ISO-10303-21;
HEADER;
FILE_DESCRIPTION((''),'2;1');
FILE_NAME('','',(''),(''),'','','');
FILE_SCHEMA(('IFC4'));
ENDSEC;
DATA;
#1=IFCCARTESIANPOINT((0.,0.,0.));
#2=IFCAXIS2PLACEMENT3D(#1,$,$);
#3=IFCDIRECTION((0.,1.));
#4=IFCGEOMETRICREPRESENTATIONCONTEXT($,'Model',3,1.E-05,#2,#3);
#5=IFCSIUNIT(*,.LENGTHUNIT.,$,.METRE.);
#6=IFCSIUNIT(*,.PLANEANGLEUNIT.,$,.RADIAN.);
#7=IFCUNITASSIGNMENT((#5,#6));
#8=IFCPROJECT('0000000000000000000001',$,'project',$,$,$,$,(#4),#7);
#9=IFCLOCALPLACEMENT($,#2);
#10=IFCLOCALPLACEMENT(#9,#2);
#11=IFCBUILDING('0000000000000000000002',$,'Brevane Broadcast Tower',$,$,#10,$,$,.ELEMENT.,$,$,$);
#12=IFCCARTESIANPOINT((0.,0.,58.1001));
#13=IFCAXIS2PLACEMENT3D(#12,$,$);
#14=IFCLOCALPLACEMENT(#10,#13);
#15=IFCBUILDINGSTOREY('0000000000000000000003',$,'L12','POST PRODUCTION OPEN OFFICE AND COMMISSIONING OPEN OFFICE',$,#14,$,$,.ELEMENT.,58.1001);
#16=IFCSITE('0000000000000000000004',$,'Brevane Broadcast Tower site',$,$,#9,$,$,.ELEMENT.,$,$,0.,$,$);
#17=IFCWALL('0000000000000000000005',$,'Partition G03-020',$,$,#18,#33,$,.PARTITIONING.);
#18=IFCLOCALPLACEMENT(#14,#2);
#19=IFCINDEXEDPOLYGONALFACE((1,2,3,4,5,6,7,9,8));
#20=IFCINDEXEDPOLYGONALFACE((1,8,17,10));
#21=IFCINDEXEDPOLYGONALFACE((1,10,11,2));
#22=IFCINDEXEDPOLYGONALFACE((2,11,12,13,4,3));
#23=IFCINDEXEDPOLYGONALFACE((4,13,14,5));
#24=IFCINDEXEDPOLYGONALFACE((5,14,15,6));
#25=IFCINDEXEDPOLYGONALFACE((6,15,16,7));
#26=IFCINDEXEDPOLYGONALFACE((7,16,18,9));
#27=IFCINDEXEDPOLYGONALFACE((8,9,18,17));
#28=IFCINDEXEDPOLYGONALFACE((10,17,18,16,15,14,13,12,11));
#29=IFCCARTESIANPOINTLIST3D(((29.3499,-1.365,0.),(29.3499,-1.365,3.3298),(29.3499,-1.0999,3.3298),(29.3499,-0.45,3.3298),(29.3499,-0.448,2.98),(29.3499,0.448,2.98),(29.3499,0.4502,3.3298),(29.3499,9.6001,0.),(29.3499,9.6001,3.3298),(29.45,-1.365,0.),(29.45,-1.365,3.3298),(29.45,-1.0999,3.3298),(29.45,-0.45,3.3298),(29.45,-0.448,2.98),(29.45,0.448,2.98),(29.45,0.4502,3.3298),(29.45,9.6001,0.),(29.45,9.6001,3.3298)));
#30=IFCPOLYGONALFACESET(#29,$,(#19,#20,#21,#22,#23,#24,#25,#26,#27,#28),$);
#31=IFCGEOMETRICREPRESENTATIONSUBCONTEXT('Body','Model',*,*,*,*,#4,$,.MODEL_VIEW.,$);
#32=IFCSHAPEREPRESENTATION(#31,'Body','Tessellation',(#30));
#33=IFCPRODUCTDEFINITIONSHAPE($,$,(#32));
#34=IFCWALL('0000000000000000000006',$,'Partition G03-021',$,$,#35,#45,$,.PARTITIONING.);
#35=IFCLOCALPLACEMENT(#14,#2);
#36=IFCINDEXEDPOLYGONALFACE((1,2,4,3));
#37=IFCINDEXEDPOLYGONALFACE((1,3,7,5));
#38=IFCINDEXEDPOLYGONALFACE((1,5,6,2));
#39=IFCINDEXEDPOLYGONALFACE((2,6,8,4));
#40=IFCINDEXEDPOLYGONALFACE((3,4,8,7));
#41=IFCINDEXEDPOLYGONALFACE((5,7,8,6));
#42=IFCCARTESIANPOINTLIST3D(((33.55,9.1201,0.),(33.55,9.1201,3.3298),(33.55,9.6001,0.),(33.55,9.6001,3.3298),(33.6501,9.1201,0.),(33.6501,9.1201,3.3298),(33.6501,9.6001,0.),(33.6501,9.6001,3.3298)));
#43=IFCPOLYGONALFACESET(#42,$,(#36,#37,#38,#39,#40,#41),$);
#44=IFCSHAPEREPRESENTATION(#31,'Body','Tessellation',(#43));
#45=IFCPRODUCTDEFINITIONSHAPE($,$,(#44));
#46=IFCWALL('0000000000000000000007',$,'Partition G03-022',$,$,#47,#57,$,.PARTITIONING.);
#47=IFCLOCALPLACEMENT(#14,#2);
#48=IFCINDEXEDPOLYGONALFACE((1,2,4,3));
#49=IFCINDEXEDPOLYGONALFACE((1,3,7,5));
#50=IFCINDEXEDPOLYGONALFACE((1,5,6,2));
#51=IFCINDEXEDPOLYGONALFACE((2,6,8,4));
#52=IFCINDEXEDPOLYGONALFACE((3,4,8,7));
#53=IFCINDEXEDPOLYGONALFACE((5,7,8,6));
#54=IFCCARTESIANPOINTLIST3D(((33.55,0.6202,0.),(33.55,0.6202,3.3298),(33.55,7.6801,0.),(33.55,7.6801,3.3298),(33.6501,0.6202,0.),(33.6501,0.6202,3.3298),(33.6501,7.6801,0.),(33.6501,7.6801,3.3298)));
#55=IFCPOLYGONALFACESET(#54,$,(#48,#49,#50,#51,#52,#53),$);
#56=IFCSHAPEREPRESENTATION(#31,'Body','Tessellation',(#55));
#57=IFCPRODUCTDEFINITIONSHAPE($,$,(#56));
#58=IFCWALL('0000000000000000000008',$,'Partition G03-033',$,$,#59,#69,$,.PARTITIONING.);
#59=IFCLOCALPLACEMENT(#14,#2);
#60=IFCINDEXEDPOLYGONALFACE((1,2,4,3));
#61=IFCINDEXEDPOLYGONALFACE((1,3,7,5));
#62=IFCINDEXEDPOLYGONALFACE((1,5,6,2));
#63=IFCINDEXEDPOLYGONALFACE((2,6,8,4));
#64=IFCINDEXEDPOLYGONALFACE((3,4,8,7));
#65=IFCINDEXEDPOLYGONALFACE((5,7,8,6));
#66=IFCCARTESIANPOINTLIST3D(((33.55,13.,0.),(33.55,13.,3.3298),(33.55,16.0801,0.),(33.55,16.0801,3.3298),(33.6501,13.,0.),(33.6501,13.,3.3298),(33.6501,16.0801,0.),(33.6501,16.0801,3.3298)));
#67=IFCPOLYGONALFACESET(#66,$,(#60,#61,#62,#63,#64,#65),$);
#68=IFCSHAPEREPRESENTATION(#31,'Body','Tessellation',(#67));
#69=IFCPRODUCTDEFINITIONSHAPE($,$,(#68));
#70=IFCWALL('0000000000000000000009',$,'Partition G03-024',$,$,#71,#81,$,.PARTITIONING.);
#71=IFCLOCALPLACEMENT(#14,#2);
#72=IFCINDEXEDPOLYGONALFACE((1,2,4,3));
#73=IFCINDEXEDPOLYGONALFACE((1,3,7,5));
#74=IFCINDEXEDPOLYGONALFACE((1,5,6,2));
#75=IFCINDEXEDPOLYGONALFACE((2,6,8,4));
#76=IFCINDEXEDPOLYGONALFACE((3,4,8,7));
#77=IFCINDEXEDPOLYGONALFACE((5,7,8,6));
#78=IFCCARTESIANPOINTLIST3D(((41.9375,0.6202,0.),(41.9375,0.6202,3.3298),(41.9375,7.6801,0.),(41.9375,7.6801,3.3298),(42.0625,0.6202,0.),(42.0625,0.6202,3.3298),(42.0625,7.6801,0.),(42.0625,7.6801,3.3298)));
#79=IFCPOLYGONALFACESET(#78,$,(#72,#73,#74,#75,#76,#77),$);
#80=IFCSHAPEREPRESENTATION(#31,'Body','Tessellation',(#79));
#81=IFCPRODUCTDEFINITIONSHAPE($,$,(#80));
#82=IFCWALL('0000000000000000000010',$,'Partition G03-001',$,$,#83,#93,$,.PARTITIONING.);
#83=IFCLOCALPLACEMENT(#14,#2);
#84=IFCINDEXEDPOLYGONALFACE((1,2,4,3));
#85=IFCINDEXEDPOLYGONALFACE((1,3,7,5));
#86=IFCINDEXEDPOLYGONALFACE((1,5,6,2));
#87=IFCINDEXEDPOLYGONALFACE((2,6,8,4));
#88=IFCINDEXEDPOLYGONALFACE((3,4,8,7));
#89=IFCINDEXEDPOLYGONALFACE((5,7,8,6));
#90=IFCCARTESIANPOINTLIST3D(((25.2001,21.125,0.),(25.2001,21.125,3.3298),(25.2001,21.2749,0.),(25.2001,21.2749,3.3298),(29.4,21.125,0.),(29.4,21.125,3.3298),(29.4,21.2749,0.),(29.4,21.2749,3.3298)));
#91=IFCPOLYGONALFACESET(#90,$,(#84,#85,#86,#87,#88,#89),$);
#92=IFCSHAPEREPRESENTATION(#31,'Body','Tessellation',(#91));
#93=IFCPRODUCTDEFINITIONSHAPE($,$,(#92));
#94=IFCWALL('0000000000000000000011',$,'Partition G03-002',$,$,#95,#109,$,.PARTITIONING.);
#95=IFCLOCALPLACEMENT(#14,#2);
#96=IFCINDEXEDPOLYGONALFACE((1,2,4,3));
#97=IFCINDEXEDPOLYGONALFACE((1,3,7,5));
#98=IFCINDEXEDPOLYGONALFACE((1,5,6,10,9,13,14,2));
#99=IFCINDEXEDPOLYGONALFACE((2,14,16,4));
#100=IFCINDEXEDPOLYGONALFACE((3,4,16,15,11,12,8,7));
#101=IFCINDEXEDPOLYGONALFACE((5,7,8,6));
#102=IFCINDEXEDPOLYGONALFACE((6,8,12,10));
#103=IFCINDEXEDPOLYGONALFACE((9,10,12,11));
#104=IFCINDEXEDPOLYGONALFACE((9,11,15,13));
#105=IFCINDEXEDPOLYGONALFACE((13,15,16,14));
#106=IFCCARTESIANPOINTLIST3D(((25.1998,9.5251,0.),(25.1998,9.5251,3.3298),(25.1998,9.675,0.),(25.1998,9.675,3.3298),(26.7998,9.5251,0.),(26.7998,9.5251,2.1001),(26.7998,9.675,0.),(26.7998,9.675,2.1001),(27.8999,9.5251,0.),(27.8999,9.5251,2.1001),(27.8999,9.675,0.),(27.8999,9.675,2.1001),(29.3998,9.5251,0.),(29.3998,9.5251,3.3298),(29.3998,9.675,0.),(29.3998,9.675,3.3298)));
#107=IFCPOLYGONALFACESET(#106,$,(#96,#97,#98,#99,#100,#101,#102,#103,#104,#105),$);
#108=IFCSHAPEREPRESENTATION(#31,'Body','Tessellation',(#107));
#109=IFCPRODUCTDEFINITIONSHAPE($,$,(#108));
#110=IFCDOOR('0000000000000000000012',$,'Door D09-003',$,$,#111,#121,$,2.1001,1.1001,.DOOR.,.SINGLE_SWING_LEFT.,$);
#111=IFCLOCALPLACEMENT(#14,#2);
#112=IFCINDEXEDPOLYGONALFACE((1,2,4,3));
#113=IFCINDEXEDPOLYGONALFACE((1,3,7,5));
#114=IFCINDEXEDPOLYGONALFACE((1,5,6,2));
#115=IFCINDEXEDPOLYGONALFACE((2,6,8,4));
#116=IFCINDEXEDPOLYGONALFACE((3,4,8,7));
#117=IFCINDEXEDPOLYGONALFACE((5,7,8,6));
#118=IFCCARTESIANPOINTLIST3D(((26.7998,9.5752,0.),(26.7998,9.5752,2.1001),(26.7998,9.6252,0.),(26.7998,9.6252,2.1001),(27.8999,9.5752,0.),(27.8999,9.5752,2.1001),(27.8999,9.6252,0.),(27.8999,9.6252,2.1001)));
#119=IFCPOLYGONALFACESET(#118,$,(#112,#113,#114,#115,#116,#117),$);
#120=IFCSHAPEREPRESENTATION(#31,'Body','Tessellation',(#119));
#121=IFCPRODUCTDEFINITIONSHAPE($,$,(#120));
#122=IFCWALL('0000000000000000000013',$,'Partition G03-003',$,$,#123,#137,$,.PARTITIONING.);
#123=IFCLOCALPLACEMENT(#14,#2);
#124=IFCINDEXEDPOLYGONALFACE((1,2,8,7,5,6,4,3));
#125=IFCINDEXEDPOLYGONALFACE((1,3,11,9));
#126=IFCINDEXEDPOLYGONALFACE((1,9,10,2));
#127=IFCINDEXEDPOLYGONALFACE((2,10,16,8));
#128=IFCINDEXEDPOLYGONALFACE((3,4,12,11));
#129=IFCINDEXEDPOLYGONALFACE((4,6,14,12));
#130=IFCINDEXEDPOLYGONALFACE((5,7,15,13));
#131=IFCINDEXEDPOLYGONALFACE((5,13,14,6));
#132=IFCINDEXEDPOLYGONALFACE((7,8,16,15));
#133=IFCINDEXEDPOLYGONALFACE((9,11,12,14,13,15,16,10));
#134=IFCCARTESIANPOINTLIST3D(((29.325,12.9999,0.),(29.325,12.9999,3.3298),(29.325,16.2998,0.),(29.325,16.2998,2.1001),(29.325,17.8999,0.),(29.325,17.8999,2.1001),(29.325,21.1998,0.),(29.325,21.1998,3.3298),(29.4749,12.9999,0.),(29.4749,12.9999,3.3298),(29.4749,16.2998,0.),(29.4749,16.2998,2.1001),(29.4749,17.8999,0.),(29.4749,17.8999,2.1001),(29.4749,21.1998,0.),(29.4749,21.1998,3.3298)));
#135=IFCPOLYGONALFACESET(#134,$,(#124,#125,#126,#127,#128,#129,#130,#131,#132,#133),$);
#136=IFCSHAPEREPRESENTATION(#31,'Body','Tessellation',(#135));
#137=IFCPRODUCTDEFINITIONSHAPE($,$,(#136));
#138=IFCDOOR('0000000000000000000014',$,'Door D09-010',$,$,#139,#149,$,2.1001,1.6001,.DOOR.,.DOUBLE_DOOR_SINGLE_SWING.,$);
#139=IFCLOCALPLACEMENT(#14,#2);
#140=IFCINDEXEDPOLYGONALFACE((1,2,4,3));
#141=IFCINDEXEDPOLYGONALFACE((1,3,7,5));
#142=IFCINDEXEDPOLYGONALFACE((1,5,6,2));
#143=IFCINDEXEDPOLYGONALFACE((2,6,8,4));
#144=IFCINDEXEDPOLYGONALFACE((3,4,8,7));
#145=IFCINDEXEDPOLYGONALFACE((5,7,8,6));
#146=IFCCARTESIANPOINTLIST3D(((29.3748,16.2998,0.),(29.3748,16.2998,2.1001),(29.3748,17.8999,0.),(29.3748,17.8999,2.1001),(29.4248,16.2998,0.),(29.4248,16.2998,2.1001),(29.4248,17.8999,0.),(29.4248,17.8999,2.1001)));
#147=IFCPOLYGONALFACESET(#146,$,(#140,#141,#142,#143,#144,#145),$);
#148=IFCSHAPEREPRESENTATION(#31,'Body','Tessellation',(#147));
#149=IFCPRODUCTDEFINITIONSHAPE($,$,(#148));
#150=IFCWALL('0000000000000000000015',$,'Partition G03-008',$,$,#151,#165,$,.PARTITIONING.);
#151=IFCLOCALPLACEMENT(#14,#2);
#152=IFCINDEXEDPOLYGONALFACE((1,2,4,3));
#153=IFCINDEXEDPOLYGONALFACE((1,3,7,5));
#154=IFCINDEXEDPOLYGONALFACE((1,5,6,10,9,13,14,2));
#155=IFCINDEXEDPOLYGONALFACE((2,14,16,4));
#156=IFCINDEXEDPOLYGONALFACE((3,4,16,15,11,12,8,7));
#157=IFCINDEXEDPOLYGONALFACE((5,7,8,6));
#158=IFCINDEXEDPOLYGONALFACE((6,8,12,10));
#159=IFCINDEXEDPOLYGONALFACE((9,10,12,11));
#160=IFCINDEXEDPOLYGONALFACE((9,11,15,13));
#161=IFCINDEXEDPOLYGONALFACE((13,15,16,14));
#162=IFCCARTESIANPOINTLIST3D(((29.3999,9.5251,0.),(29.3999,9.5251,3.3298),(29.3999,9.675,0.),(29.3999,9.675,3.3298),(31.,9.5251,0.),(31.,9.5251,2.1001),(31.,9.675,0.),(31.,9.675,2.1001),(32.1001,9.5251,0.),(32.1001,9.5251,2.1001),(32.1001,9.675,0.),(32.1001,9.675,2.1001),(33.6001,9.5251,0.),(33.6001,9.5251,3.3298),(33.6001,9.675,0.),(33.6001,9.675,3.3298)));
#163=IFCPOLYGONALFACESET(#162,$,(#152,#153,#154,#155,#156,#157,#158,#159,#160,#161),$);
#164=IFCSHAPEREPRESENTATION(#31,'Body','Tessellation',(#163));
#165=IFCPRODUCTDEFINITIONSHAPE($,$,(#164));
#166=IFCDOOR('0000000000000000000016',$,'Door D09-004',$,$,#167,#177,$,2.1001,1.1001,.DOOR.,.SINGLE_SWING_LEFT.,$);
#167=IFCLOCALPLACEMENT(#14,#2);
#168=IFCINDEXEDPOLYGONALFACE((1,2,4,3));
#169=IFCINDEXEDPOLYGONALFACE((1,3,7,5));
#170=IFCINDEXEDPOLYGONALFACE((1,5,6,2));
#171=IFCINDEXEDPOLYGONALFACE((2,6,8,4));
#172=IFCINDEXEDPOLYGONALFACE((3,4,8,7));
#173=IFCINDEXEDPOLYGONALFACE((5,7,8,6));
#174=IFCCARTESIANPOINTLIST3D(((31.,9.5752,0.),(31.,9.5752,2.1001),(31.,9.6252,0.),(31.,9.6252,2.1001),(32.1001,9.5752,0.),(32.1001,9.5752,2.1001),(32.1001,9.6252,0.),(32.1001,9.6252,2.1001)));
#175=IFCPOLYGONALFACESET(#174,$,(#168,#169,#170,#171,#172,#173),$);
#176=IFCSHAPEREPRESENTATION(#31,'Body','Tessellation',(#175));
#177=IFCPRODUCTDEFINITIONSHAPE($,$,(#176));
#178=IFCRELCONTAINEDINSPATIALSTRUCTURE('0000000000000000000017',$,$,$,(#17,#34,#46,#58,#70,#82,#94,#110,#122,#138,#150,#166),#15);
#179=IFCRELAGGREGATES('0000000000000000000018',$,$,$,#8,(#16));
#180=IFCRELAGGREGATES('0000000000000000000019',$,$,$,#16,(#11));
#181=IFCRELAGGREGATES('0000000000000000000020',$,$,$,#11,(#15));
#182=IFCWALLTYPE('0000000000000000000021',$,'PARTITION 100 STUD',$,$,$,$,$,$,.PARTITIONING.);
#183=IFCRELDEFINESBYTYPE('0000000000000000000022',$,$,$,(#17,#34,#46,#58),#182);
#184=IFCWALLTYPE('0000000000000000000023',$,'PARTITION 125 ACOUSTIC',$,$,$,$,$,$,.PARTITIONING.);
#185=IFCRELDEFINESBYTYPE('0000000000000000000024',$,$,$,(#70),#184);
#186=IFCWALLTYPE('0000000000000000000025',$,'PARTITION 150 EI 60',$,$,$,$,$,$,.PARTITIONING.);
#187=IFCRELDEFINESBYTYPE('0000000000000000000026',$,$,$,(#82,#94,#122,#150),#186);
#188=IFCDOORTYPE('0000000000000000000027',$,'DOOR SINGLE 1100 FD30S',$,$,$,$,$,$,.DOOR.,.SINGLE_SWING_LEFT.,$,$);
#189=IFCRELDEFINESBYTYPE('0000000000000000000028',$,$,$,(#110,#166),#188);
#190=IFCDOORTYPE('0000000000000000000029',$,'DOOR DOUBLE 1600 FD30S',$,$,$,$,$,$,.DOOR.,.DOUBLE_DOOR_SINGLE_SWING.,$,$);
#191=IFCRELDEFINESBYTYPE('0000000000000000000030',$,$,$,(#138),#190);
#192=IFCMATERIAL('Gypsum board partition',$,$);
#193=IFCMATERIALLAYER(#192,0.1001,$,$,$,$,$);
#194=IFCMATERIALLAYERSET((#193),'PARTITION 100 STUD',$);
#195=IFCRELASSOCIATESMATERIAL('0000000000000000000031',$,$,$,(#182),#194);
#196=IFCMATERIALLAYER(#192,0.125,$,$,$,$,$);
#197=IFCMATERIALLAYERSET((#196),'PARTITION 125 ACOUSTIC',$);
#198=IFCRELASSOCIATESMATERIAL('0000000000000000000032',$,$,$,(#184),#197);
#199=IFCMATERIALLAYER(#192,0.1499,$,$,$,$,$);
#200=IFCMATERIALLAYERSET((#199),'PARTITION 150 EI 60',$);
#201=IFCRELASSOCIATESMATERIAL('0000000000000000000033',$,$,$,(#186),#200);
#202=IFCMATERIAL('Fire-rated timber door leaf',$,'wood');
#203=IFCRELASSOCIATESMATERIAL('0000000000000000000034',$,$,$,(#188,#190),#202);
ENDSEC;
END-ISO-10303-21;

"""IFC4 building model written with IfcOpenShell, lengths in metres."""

from ifc_helpers import new_model, si_unit, direction, frame, frame_2d, origin, place, context, subcontext, project, spatial, polyline, rectangle, outline, extrude, material, layer, layer_set, type_object, element, fill, save


model = new_model("IFC4")

# Units and contexts
model_context = context("Model", 3, precision=1e-05, world=origin(), true_north=direction((0.0, 1.0)))
body_context = subcontext(model_context, "Body", "Model", "MODEL_VIEW")
ifc_project = project(units=[si_unit("LENGTHUNIT", "METRE"), si_unit("PLANEANGLEUNIT", "RADIAN")], contexts=[model_context])

# Site, building, storey
site_placement = place(None, origin())
site = spatial("IfcSite", under=ifc_project, at=site_placement, Name="Brevane Broadcast Tower site", CompositionType="ELEMENT", RefElevation=0.0)
building_placement = place(site_placement, origin())
building = spatial("IfcBuilding", under=site, at=building_placement, Name="Brevane Broadcast Tower", CompositionType="ELEMENT")
storey_placement = place(building_placement, frame((0.0, 0.0, 58.1001)))
storey = spatial("IfcBuildingStorey", under=building, at=storey_placement, Name="L12", Description="POST PRODUCTION OPEN OFFICE AND COMMISSIONING OPEN OFFICE", CompositionType="ELEMENT", Elevation=58.1001)

# Walls
ifc_material_1 = material(Name="Gypsum board partition")
ifc_layer_1 = layer(ifc_material_1, 0.1001)
ifc_layer_set_1 = layer_set([ifc_layer_1], Name="PARTITION 100 STUD")
wall_type_1 = type_object("IfcWallType", Name="PARTITION 100 STUD", PredefinedType="PARTITIONING", material=ifc_layer_set_1)
wall_1_placement = place(storey_placement, frame((29.3999, 9.6001, 0.0), z_axis=(0.0, 0.0, 1.0), x_axis=(0.0, -1.0, 0.0)))
element("IfcWall", 1, at=wall_1_placement, inside=storey, type_object=wall_type_1, Name="Partition G03-020", PredefinedType="PARTITIONING", context=body_context, shape_type="SweptSolid", body=[
    extrude(outline(polyline([(0.0, 0.0), (10.9651, 0.0), (10.9651, 3.3298), (10.7, 3.3298), (10.05, 3.3298), (10.0481, 2.98), (9.1521, 2.98), (9.1499, 3.3298), (0.0, 3.3298), (0.0, 0.0)])), frame((0.0, 0.05, 0.0), z_axis=(0.0, -1.0, 0.0), x_axis=(1.0, 0.0, 0.0)), (0.0, 0.0, 1.0), 0.1001),
])
wall_2_placement = place(storey_placement, frame((33.6001, 9.6001, 0.0), z_axis=(0.0, 0.0, 1.0), x_axis=(0.0, -1.0, 0.0)))
element("IfcWall", 2, at=wall_2_placement, inside=storey, type_object=wall_type_1, Name="Partition G03-021", PredefinedType="PARTITIONING", context=body_context, shape_type="SweptSolid", body=[
    extrude(rectangle(XDim=0.48, YDim=0.1001, at=frame_2d((0.24, 0.0))), origin(), (0.0, 0.0, 1.0), 3.3298),
])
wall_3_placement = place(storey_placement, frame((33.6001, 7.6799, 0.0), z_axis=(0.0, 0.0, 1.0), x_axis=(0.0, -1.0, 0.0)))
element("IfcWall", 3, at=wall_3_placement, inside=storey, type_object=wall_type_1, Name="Partition G03-022", PredefinedType="PARTITIONING", context=body_context, shape_type="SweptSolid", body=[
    extrude(rectangle(XDim=7.0598, YDim=0.1001, at=frame_2d((3.5298, 0.0))), origin(), (0.0, 0.0, 1.0), 3.3298),
])
wall_4_placement = place(storey_placement, frame((33.6001, 16.0801, 0.0), z_axis=(0.0, 0.0, 1.0), x_axis=(0.0, -1.0, 0.0)))
element("IfcWall", 4, at=wall_4_placement, inside=storey, type_object=wall_type_1, Name="Partition G03-033", PredefinedType="PARTITIONING", context=body_context, shape_type="SweptSolid", body=[
    extrude(rectangle(XDim=3.0801, YDim=0.1001, at=frame_2d((1.54, 0.0))), origin(), (0.0, 0.0, 1.0), 3.3298),
])
ifc_layer_2 = layer(ifc_material_1, 0.125)
ifc_layer_set_2 = layer_set([ifc_layer_2], Name="PARTITION 125 ACOUSTIC")
wall_type_2 = type_object("IfcWallType", Name="PARTITION 125 ACOUSTIC", PredefinedType="PARTITIONING", material=ifc_layer_set_2)
wall_5_placement = place(storey_placement, frame((42.0, 7.6799, 0.0), z_axis=(0.0, 0.0, 1.0), x_axis=(0.0, -1.0, 0.0)))
element("IfcWall", 5, at=wall_5_placement, inside=storey, type_object=wall_type_2, Name="Partition G03-024", PredefinedType="PARTITIONING", context=body_context, shape_type="SweptSolid", body=[
    extrude(rectangle(XDim=7.0598, YDim=0.125, at=frame_2d((3.5298, 0.0))), origin(), (0.0, 0.0, 1.0), 3.3298),
])
ifc_layer_3 = layer(ifc_material_1, 0.1499)
ifc_layer_set_3 = layer_set([ifc_layer_3], Name="PARTITION 150 EI 60")
wall_type_3 = type_object("IfcWallType", Name="PARTITION 150 EI 60", PredefinedType="PARTITIONING", material=ifc_layer_set_3)
wall_6_placement = place(storey_placement, frame((25.2, 21.2, 0.0), z_axis=(0.0, 0.0, 1.0), x_axis=(1.0, 0.0, 0.0)))
element("IfcWall", 6, at=wall_6_placement, inside=storey, type_object=wall_type_3, Name="Partition G03-001", PredefinedType="PARTITIONING", context=body_context, shape_type="SweptSolid", body=[
    extrude(rectangle(XDim=4.2, YDim=0.1499, at=frame_2d((2.1001, 0.0))), origin(), (0.0, 0.0, 1.0), 3.3298),
])

# Walls, openings, doors
wall_7_placement = place(storey_placement, frame((29.3999, 9.6001, 0.0), z_axis=(0.0, 0.0, 1.0), x_axis=(-1.0, 0.0, 0.0)))
wall_7 = element("IfcWall", 7, at=wall_7_placement, inside=storey, type_object=wall_type_3, Name="Partition G03-002", PredefinedType="PARTITIONING", context=body_context, shape_type="SweptSolid", body=[
    extrude(rectangle(XDim=4.2, YDim=0.1499, at=frame_2d((2.1001, 0.0))), origin(), (0.0, 0.0, 1.0), 3.3298),
])
opening_1_placement = place(wall_7_placement, frame((1.5, 0.0, 0.0)))
opening_1 = element("IfcOpeningElement", 8, at=opening_1_placement, cuts=wall_7, PredefinedType="OPENING", context=body_context, shape_type="SweptSolid", body=[
    extrude(rectangle(XDim=1.1001, YDim=2.1001, at=frame_2d((0.55, 1.05))), frame((0.0, 0.085, 0.0), z_axis=(0.0, -1.0, 0.0), x_axis=(1.0, 0.0, 0.0)), (0.0, 0.0, 1.0), 0.1699),
])
ifc_material_2 = material(Name="Fire-rated timber door leaf", Category="wood")
door_type_1 = type_object("IfcDoorType", Name="DOOR SINGLE 1100 FD30S", OperationType="SINGLE_SWING_LEFT", PredefinedType="DOOR", material=ifc_material_2)
door_1_placement = place(opening_1_placement, origin())
door_1 = element("IfcDoor", 9, at=door_1_placement, inside=storey, type_object=door_type_1, Name="Door D09-003", OperationType="SINGLE_SWING_LEFT", OverallHeight=2.1001, OverallWidth=1.1001, PredefinedType="DOOR", context=body_context, shape_type="SweptSolid", body=[
    extrude(rectangle(XDim=1.1001, YDim=2.1001, at=frame_2d((0.55, 1.05))), frame((0.0, 0.0249, 0.0), z_axis=(0.0, -1.0, 0.0), x_axis=(1.0, 0.0, 0.0)), (0.0, 0.0, 1.0), 0.05),
])
fill(opening_1, door_1)
wall_8_placement = place(storey_placement, frame((29.3999, 21.2, 0.0), z_axis=(0.0, 0.0, 1.0), x_axis=(0.0, -1.0, 0.0)))
wall_8 = element("IfcWall", 10, at=wall_8_placement, inside=storey, type_object=wall_type_3, Name="Partition G03-003", PredefinedType="PARTITIONING", context=body_context, shape_type="SweptSolid", body=[
    extrude(rectangle(XDim=8.2, YDim=0.1499, at=frame_2d((4.1001, 0.0))), origin(), (0.0, 0.0, 1.0), 3.3298),
])
opening_2_placement = place(wall_8_placement, frame((3.3, 0.0, 0.0)))
opening_2 = element("IfcOpeningElement", 11, at=opening_2_placement, cuts=wall_8, PredefinedType="OPENING", context=body_context, shape_type="SweptSolid", body=[
    extrude(rectangle(XDim=1.6001, YDim=2.1001, at=frame_2d((0.8, 1.05))), frame((0.0, 0.085, 0.0), z_axis=(0.0, -1.0, 0.0), x_axis=(1.0, 0.0, 0.0)), (0.0, 0.0, 1.0), 0.1699),
])
door_type_2 = type_object("IfcDoorType", Name="DOOR DOUBLE 1600 FD30S", OperationType="DOUBLE_DOOR_SINGLE_SWING", PredefinedType="DOOR", material=ifc_material_2)
door_2_placement = place(opening_2_placement, origin())
door_2 = element("IfcDoor", 12, at=door_2_placement, inside=storey, type_object=door_type_2, Name="Door D09-010", OperationType="DOUBLE_DOOR_SINGLE_SWING", OverallHeight=2.1001, OverallWidth=1.6001, PredefinedType="DOOR", context=body_context, shape_type="SweptSolid", body=[
    extrude(rectangle(XDim=1.6001, YDim=2.1001, at=frame_2d((0.8, 1.05))), frame((0.0, 0.0249, 0.0), z_axis=(0.0, -1.0, 0.0), x_axis=(1.0, 0.0, 0.0)), (0.0, 0.0, 1.0), 0.05),
])
fill(opening_2, door_2)
wall_9_placement = place(storey_placement, frame((33.6001, 9.6001, 0.0), z_axis=(0.0, 0.0, 1.0), x_axis=(-1.0, 0.0, 0.0)))
wall_9 = element("IfcWall", 13, at=wall_9_placement, inside=storey, type_object=wall_type_3, Name="Partition G03-008", PredefinedType="PARTITIONING", context=body_context, shape_type="SweptSolid", body=[
    extrude(rectangle(XDim=4.2002, YDim=0.1499, at=frame_2d((2.1001, 0.0))), origin(), (0.0, 0.0, 1.0), 3.3298),
])
opening_3_placement = place(wall_9_placement, frame((1.5, 0.0, 0.0)))
opening_3 = element("IfcOpeningElement", 14, at=opening_3_placement, cuts=wall_9, PredefinedType="OPENING", context=body_context, shape_type="SweptSolid", body=[
    extrude(rectangle(XDim=1.1001, YDim=2.1001, at=frame_2d((0.55, 1.05))), frame((0.0, 0.085, 0.0), z_axis=(0.0, -1.0, 0.0), x_axis=(1.0, 0.0, 0.0)), (0.0, 0.0, 1.0), 0.1699),
])
door_3_placement = place(opening_3_placement, origin())
door_3 = element("IfcDoor", 15, at=door_3_placement, inside=storey, type_object=door_type_1, Name="Door D09-004", OperationType="SINGLE_SWING_LEFT", OverallHeight=2.1001, OverallWidth=1.1001, PredefinedType="DOOR", context=body_context, shape_type="SweptSolid", body=[
    extrude(rectangle(XDim=1.1001, YDim=2.1001, at=frame_2d((0.55, 1.05))), frame((0.0, 0.0249, 0.0), z_axis=(0.0, -1.0, 0.0), x_axis=(1.0, 0.0, 0.0)), (0.0, 0.0, 1.0), 0.05),
])
fill(opening_3, door_3)

save(model, "model.ifc")
